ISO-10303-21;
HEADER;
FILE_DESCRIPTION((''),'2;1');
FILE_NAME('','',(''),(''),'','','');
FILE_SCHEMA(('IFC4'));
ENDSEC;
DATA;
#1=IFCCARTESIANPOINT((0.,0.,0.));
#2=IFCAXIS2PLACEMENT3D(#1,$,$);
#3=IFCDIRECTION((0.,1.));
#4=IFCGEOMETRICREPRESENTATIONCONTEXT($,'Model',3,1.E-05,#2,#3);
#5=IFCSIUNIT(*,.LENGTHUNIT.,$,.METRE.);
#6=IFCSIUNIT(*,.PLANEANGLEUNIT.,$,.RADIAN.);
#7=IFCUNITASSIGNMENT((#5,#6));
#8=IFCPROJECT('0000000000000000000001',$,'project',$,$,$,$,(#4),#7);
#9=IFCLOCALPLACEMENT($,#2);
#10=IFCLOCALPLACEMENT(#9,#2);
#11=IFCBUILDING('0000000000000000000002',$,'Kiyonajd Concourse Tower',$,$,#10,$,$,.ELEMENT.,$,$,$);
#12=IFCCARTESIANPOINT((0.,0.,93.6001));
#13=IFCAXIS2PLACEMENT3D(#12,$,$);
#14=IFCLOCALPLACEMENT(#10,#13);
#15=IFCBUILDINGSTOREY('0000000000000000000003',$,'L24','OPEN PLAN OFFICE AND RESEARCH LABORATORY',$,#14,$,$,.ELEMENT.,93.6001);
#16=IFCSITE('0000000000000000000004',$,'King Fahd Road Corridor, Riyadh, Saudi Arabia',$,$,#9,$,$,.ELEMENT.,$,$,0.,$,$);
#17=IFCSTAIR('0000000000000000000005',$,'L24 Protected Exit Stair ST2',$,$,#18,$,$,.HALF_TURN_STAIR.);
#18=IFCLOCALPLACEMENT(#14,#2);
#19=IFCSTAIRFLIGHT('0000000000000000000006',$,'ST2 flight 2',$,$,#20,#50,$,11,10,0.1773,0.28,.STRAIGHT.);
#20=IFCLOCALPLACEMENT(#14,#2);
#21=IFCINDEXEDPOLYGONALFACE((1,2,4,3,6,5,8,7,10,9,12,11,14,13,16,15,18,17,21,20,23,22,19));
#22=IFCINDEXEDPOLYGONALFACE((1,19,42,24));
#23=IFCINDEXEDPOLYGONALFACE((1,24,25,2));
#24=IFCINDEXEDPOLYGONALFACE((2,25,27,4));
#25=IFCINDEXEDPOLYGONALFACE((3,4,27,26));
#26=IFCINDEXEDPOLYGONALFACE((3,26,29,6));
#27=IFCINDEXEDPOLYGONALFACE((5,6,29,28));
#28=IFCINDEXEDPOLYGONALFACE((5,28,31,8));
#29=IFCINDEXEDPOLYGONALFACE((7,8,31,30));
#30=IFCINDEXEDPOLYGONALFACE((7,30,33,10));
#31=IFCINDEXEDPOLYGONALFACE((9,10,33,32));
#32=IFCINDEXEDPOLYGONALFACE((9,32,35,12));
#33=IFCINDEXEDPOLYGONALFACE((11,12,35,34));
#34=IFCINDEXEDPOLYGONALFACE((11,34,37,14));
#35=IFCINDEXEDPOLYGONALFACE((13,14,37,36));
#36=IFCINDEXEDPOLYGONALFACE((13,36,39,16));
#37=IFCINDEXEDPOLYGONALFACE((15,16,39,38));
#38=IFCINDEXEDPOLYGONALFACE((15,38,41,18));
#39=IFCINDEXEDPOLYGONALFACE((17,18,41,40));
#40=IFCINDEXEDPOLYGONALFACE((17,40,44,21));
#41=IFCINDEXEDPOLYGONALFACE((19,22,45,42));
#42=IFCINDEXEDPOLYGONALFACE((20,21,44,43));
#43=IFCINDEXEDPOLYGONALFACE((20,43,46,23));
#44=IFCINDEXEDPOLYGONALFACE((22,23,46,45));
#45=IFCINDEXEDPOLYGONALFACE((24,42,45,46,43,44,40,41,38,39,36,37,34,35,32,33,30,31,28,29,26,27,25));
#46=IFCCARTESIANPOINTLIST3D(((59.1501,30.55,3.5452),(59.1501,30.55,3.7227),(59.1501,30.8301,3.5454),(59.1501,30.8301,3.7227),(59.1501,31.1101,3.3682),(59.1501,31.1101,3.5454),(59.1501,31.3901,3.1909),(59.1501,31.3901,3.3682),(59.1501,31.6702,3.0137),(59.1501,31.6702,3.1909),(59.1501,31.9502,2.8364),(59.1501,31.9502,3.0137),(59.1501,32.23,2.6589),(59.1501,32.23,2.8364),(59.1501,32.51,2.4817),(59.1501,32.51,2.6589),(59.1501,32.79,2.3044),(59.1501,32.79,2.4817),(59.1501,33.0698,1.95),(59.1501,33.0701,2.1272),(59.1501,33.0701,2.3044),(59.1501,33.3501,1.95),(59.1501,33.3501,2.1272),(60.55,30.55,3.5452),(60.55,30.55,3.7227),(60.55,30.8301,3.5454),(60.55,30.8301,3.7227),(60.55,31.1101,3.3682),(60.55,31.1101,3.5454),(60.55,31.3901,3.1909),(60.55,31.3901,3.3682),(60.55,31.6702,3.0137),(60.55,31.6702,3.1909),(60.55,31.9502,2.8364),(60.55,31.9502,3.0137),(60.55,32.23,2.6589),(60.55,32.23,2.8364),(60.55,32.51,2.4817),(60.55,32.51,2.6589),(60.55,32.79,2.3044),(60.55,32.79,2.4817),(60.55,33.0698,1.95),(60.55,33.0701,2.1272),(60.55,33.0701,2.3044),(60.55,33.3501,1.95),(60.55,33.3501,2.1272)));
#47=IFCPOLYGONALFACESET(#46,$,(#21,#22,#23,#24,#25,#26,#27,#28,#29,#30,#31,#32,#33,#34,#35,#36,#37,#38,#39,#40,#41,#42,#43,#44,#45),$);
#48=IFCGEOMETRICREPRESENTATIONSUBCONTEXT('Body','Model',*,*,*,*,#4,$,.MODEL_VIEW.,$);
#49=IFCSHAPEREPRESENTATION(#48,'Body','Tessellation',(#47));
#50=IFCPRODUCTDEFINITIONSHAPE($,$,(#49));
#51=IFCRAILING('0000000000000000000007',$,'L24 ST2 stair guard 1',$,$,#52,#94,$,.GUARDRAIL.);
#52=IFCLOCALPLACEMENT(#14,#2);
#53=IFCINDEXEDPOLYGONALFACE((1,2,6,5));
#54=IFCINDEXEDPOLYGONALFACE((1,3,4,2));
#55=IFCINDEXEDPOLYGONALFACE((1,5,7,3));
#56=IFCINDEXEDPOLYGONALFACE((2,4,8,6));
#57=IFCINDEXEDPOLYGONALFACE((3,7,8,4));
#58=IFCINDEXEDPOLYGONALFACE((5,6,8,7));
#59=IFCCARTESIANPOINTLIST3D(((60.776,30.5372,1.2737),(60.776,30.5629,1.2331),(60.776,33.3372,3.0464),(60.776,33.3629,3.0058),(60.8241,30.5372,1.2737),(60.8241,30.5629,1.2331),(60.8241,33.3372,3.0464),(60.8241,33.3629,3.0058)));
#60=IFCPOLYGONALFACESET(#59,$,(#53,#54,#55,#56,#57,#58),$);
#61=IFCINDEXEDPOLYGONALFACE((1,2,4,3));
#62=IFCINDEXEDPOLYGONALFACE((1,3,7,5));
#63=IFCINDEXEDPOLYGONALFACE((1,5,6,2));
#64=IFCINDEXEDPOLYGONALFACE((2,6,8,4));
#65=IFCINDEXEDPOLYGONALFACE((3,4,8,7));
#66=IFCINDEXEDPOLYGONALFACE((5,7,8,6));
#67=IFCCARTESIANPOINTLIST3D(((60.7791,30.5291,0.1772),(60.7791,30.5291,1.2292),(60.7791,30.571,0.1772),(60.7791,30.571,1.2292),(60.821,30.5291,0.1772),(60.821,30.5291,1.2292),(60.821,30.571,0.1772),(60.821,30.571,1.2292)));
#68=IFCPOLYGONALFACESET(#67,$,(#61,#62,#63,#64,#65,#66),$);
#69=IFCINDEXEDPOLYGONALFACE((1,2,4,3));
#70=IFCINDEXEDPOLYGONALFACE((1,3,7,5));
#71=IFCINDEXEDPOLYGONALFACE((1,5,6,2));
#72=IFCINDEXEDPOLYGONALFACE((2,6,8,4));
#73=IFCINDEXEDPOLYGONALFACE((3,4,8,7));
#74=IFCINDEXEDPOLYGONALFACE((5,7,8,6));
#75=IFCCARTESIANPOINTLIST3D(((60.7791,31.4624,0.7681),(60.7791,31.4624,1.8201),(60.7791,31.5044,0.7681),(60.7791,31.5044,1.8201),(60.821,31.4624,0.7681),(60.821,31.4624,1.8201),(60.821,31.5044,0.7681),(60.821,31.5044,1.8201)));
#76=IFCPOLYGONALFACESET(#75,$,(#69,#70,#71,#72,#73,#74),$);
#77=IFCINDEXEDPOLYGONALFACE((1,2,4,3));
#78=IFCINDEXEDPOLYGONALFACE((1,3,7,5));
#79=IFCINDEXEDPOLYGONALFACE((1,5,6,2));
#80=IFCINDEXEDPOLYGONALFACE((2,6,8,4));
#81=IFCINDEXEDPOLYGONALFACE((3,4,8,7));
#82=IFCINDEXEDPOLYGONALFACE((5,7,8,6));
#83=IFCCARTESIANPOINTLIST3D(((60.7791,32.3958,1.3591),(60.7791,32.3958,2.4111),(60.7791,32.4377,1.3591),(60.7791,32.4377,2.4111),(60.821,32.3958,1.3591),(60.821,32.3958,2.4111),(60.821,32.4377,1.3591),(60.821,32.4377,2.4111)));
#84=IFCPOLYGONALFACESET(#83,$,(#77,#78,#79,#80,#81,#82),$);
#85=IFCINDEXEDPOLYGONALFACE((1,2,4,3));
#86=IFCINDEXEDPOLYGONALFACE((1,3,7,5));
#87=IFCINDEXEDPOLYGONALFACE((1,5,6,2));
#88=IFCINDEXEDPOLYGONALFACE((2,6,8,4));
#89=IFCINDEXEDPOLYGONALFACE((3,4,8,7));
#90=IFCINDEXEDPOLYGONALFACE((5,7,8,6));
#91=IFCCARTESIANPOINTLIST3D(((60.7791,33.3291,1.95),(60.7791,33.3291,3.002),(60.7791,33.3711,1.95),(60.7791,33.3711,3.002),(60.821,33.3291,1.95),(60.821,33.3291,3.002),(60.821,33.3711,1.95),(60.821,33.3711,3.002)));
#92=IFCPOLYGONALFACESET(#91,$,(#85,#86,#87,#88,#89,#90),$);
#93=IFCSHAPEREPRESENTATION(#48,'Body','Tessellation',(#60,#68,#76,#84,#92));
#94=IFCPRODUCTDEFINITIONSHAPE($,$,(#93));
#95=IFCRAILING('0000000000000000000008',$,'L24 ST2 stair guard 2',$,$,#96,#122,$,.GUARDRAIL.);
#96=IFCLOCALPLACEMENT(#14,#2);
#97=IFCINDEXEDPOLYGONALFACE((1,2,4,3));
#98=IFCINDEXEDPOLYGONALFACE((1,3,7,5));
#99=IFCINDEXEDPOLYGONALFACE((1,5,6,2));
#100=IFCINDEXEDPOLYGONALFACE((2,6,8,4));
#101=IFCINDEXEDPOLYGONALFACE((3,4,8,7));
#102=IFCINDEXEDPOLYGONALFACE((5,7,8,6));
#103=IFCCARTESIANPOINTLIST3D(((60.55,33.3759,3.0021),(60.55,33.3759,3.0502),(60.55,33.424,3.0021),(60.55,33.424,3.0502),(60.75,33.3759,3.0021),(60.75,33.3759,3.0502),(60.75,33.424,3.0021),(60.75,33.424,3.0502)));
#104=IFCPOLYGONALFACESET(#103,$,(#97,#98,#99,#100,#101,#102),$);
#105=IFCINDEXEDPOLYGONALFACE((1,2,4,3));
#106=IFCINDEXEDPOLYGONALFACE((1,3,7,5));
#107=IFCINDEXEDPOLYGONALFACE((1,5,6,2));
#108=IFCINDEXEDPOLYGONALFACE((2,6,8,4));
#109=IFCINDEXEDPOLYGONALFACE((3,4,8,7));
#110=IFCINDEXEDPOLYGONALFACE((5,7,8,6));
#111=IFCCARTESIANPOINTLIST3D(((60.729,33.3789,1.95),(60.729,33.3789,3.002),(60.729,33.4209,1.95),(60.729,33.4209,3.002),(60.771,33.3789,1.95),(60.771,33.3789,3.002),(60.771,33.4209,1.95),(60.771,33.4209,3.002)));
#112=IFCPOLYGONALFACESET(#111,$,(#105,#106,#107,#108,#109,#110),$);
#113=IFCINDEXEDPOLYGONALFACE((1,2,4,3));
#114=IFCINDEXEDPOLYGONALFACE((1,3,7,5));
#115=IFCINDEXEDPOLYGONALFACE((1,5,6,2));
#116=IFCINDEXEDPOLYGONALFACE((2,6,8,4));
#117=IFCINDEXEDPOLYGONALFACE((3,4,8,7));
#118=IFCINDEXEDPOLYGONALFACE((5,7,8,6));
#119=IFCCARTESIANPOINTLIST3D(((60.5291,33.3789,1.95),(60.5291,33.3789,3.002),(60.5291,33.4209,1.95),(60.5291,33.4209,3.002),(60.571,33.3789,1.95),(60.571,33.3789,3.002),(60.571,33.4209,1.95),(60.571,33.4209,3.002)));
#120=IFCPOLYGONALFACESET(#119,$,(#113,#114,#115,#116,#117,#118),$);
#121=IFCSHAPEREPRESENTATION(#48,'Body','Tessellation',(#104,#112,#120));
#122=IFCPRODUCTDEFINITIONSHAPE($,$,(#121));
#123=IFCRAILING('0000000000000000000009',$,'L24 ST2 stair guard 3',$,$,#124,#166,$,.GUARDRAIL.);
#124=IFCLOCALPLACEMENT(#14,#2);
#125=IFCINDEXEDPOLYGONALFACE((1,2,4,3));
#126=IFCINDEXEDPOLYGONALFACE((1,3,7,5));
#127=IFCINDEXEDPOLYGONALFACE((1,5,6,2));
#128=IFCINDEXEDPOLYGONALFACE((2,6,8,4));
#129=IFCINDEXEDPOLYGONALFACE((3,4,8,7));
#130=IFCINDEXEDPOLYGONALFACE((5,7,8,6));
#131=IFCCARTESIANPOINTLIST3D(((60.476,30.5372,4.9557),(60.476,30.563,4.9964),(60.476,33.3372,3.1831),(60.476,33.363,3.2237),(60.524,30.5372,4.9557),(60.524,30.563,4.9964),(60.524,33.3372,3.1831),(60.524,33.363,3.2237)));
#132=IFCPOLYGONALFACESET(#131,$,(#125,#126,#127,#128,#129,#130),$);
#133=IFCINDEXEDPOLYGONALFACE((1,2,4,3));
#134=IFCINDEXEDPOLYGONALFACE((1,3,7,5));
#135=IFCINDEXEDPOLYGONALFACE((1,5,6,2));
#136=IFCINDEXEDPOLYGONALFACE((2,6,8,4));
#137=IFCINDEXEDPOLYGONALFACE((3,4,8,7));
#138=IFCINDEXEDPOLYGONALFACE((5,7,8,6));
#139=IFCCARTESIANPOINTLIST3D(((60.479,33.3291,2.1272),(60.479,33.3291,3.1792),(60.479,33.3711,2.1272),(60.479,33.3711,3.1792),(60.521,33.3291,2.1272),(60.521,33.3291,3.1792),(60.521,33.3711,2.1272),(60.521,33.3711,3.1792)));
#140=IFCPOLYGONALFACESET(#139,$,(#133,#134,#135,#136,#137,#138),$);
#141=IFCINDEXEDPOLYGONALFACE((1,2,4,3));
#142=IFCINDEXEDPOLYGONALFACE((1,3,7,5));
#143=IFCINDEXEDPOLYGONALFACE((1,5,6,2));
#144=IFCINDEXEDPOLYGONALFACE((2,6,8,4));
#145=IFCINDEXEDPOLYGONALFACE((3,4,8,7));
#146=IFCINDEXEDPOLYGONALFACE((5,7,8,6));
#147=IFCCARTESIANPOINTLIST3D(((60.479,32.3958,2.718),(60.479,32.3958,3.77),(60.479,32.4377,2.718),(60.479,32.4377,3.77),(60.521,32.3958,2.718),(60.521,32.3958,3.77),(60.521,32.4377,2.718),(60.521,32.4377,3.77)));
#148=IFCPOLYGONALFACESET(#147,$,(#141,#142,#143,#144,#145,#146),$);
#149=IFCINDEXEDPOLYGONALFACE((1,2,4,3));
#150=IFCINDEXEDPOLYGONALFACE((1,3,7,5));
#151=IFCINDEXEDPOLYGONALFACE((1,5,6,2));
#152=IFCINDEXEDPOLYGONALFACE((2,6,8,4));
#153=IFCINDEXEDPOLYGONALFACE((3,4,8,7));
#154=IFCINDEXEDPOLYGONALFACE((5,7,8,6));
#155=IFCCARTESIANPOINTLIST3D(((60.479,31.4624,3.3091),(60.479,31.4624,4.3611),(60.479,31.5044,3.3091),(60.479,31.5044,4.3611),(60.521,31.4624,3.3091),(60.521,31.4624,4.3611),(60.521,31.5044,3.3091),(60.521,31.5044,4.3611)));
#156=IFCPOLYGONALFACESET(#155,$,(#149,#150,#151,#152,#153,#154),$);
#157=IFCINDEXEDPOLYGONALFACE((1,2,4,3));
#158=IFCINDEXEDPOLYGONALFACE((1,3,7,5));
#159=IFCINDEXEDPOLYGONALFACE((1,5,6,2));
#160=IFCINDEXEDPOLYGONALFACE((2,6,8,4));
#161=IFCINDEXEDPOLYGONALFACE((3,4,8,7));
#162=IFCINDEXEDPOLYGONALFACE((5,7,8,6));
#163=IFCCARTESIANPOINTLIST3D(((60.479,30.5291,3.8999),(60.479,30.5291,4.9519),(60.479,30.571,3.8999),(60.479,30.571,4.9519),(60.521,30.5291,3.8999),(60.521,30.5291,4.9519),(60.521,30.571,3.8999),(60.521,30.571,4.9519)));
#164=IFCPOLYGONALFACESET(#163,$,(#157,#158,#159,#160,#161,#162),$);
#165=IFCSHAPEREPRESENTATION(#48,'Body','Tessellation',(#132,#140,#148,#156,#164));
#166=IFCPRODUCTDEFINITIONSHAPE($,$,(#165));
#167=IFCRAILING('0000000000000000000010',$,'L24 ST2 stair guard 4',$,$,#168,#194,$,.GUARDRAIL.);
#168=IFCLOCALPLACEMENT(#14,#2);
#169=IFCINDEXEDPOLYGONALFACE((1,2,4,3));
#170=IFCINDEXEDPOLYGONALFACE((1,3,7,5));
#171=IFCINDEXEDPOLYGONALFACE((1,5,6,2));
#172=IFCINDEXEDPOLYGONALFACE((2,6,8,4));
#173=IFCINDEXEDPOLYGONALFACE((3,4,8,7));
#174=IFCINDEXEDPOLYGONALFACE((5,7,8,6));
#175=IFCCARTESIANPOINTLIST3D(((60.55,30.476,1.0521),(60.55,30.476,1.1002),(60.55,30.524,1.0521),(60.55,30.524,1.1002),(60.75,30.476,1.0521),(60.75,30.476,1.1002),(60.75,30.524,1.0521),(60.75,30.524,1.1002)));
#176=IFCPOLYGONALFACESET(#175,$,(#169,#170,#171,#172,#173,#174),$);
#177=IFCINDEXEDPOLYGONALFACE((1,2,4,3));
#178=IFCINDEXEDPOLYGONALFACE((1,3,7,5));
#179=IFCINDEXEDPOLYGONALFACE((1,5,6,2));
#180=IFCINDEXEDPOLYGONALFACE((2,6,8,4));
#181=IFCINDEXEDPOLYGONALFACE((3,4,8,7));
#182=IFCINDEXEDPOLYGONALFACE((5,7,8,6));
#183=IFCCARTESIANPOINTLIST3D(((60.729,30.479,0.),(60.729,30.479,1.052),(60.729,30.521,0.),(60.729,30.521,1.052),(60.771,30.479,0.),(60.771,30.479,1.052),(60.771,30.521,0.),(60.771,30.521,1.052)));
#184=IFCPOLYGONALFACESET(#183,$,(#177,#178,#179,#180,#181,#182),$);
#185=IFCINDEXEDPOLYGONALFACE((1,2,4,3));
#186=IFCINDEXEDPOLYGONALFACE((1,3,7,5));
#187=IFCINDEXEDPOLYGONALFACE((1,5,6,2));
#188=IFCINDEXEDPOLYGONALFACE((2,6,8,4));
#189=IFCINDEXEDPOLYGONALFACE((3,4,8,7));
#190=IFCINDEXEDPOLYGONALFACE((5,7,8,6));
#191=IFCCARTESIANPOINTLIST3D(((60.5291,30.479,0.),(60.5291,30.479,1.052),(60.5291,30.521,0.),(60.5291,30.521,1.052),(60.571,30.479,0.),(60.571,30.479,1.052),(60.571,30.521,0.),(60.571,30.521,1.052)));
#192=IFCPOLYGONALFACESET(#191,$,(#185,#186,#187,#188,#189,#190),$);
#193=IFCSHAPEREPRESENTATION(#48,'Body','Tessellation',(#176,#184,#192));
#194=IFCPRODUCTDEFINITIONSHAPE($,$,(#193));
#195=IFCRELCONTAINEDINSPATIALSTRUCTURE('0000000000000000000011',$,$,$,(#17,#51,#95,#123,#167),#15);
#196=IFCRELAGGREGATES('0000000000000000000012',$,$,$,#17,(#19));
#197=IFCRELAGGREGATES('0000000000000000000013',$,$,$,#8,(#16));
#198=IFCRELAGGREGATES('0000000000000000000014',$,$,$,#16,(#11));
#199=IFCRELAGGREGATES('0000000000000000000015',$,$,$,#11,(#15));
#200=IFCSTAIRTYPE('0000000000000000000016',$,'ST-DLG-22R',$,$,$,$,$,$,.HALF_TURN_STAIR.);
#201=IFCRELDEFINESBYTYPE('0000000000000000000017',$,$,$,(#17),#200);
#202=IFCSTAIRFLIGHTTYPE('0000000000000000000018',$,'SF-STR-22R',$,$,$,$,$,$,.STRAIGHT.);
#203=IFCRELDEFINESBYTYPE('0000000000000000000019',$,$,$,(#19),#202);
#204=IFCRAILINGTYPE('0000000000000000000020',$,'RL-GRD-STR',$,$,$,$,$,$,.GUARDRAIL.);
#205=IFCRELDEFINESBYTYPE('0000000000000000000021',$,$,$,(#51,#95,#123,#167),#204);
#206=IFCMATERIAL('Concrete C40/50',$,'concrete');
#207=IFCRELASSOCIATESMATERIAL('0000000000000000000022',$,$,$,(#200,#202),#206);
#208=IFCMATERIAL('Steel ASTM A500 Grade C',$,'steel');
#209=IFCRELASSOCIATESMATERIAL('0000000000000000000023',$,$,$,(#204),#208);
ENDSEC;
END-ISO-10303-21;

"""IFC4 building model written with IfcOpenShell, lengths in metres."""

from ifc_helpers import new_model, si_unit, direction, frame, origin, origin_2d, place, context, subcontext, project, spatial, polyline, rectangle, outline, extrude, material, type_object, element, aggregate, save


model = new_model("IFC4")

# Units and contexts
model_context = context("Model", 3, precision=1e-05, world=origin(), true_north=direction((0.0, 1.0)))
body_context = subcontext(model_context, "Body", "Model", "MODEL_VIEW")
ifc_project = project(units=[si_unit("LENGTHUNIT", "METRE"), si_unit("PLANEANGLEUNIT", "RADIAN")], contexts=[model_context])

# Site, building, storey
site_placement = place(None, origin())
site = spatial("IfcSite", under=ifc_project, at=site_placement, Name="King Fahd Road Corridor, Riyadh, Saudi Arabia", CompositionType="ELEMENT", RefElevation=0.0)
building_placement = place(site_placement, origin())
building = spatial("IfcBuilding", under=site, at=building_placement, Name="Kiyonajd Concourse Tower", CompositionType="ELEMENT")
storey_placement = place(building_placement, frame((0.0, 0.0, 93.6001)))
storey = spatial("IfcBuildingStorey", under=building, at=storey_placement, Name="L24", Description="OPEN PLAN OFFICE AND RESEARCH LABORATORY", CompositionType="ELEMENT", Elevation=93.6001)

# Stair, stair flight
ifc_material_1 = material(Name="Concrete C40/50", Category="concrete")
stair_type = type_object("IfcStairType", Name="ST-DLG-22R", PredefinedType="HALF_TURN_STAIR", material=ifc_material_1)
stair_placement = place(storey_placement, origin())
stair = element("IfcStair", 1, at=stair_placement, inside=storey, type_object=stair_type, Name="L24 Protected Exit Stair ST2", PredefinedType="HALF_TURN_STAIR")
stair_flight_type = type_object("IfcStairFlightType", Name="SF-STR-22R", PredefinedType="STRAIGHT", material=ifc_material_1)
stair_flight_1_placement = place(storey_placement, frame((59.8501, 33.3501, 1.95), z_axis=(0.0, 0.0, 1.0), x_axis=(0.0, -1.0, 0.0)))
stair_flight_1 = element("IfcStairFlight", 2, at=stair_flight_1_placement, type_object=stair_flight_type, Name="ST2 flight 2", NumberOfRisers=11, NumberOfTreads=10, PredefinedType="STRAIGHT", RiserHeight=0.1773, TreadLength=0.28, context=body_context, shape_type="SweptSolid", body=[
    extrude(outline(polyline([(0.0, 0.0), (0.0, 0.1772), (0.28, 0.1772), (0.28, 0.3545), (0.5601, 0.3545), (0.5601, 0.5317), (0.8401, 0.5317), (0.8401, 0.709), (1.1201, 0.709), (1.1201, 0.8865), (1.3999, 0.8865), (1.3999, 1.0637), (1.6799, 1.0637), (1.6799, 1.241), (1.96, 1.241), (1.96, 1.4182), (2.24, 1.4182), (2.24, 1.5955), (2.52, 1.5955), (2.52, 1.7727), (2.8, 1.7727), (2.8, 1.95), (2.8, 1.5952), (0.2803, 0.0), (0.0, 0.0)])), frame((0.0, 0.7, 0.0), z_axis=(0.0, -1.0, 0.0), x_axis=(1.0, 0.0, 0.0)), (0.0, 0.0, 1.0), 1.3999),
])
aggregate(stair, [stair_flight_1])

# Railings
ifc_material_2 = material(Name="Steel ASTM A500 Grade C", Category="steel")
railing_type_1 = type_object("IfcRailingType", Name="RL-GRD-STR", PredefinedType="GUARDRAIL", material=ifc_material_2)
railing_1_placement = place(storey_placement, frame((60.8, 30.55, 0.1772)))
element("IfcRailing", 3, at=railing_1_placement, inside=storey, type_object=railing_type_1, Name="L24 ST2 stair guard 1", PredefinedType="GUARDRAIL", context=body_context, shape_type="SweptSolid", body=[
    extrude(rectangle(XDim=0.0481, YDim=0.0481, at=origin_2d()), frame((0.0, 0.0, 1.0762), z_axis=(0.0, 0.844909, 0.53491), x_axis=(-1.0, 0.0, 0.0)), (0.0, 0.0, 1.0), 3.314),
    extrude(rectangle(XDim=0.042, YDim=0.042, at=origin_2d()), origin(), (0.0, 0.0, 1.0), 1.052),
    extrude(rectangle(XDim=0.042, YDim=0.042, at=origin_2d()), frame((0.0, 0.9333, 0.5908)), (0.0, 0.0, 1.0), 1.052),
    extrude(rectangle(XDim=0.042, YDim=0.042, at=origin_2d()), frame((0.0, 1.8667, 1.1819)), (0.0, 0.0, 1.0), 1.052),
    extrude(rectangle(XDim=0.042, YDim=0.042, at=origin_2d()), frame((0.0, 2.8, 1.7727)), (0.0, 0.0, 1.0), 1.052),
])
railing_2_placement = place(storey_placement, frame((60.75, 33.3999, 1.95)))
element("IfcRailing", 4, at=railing_2_placement, inside=storey, type_object=railing_type_1, Name="L24 ST2 stair guard 2", PredefinedType="GUARDRAIL", context=body_context, shape_type="SweptSolid", body=[
    extrude(rectangle(XDim=0.0481, YDim=0.0481, at=origin_2d()), frame((0.0, 0.0, 1.0762), z_axis=(-1.0, 0.0, 0.0), x_axis=(0.0, -1.0, 0.0)), (0.0, 0.0, 1.0), 0.2),
    extrude(rectangle(XDim=0.042, YDim=0.042, at=origin_2d()), origin(), (0.0, 0.0, 1.0), 1.052),
    extrude(rectangle(XDim=0.042, YDim=0.042, at=origin_2d()), frame((-0.2, 0.0, 0.0)), (0.0, 0.0, 1.0), 1.052),
])
railing_3_placement = place(storey_placement, frame((60.5, 33.3501, 2.1272)))
element("IfcRailing", 5, at=railing_3_placement, inside=storey, type_object=railing_type_1, Name="L24 ST2 stair guard 3", PredefinedType="GUARDRAIL", context=body_context, shape_type="SweptSolid", body=[
    extrude(rectangle(XDim=0.0481, YDim=0.0481, at=origin_2d()), frame((0.0, 0.0, 1.0762), z_axis=(0.0, -0.844909, 0.53491), x_axis=(1.0, 0.0, 0.0)), (0.0, 0.0, 1.0), 3.314),
    extrude(rectangle(XDim=0.042, YDim=0.042, at=origin_2d()), origin(), (0.0, 0.0, 1.0), 1.052),
    extrude(rectangle(XDim=0.042, YDim=0.042, at=origin_2d()), frame((0.0, -0.9333, 0.5908)), (0.0, 0.0, 1.0), 1.052),
    extrude(rectangle(XDim=0.042, YDim=0.042, at=origin_2d()), frame((0.0, -1.8667, 1.1819)), (0.0, 0.0, 1.0), 1.052),
    extrude(rectangle(XDim=0.042, YDim=0.042, at=origin_2d()), frame((0.0, -2.8, 1.7727)), (0.0, 0.0, 1.0), 1.052),
])
railing_4_placement = place(storey_placement, frame((60.75, 30.5, 0.0)))
element("IfcRailing", 6, at=railing_4_placement, inside=storey, type_object=railing_type_1, Name="L24 ST2 stair guard 4", PredefinedType="GUARDRAIL", context=body_context, shape_type="SweptSolid", body=[
    extrude(rectangle(XDim=0.0481, YDim=0.0481, at=origin_2d()), frame((0.0, 0.0, 1.0762), z_axis=(-1.0, 0.0, 0.0), x_axis=(0.0, -1.0, 0.0)), (0.0, 0.0, 1.0), 0.2),
    extrude(rectangle(XDim=0.042, YDim=0.042, at=origin_2d()), origin(), (0.0, 0.0, 1.0), 1.052),
    extrude(rectangle(XDim=0.042, YDim=0.042, at=origin_2d()), frame((-0.2, 0.0, 0.0)), (0.0, 0.0, 1.0), 1.052),
])

save(model, "model.ifc")
